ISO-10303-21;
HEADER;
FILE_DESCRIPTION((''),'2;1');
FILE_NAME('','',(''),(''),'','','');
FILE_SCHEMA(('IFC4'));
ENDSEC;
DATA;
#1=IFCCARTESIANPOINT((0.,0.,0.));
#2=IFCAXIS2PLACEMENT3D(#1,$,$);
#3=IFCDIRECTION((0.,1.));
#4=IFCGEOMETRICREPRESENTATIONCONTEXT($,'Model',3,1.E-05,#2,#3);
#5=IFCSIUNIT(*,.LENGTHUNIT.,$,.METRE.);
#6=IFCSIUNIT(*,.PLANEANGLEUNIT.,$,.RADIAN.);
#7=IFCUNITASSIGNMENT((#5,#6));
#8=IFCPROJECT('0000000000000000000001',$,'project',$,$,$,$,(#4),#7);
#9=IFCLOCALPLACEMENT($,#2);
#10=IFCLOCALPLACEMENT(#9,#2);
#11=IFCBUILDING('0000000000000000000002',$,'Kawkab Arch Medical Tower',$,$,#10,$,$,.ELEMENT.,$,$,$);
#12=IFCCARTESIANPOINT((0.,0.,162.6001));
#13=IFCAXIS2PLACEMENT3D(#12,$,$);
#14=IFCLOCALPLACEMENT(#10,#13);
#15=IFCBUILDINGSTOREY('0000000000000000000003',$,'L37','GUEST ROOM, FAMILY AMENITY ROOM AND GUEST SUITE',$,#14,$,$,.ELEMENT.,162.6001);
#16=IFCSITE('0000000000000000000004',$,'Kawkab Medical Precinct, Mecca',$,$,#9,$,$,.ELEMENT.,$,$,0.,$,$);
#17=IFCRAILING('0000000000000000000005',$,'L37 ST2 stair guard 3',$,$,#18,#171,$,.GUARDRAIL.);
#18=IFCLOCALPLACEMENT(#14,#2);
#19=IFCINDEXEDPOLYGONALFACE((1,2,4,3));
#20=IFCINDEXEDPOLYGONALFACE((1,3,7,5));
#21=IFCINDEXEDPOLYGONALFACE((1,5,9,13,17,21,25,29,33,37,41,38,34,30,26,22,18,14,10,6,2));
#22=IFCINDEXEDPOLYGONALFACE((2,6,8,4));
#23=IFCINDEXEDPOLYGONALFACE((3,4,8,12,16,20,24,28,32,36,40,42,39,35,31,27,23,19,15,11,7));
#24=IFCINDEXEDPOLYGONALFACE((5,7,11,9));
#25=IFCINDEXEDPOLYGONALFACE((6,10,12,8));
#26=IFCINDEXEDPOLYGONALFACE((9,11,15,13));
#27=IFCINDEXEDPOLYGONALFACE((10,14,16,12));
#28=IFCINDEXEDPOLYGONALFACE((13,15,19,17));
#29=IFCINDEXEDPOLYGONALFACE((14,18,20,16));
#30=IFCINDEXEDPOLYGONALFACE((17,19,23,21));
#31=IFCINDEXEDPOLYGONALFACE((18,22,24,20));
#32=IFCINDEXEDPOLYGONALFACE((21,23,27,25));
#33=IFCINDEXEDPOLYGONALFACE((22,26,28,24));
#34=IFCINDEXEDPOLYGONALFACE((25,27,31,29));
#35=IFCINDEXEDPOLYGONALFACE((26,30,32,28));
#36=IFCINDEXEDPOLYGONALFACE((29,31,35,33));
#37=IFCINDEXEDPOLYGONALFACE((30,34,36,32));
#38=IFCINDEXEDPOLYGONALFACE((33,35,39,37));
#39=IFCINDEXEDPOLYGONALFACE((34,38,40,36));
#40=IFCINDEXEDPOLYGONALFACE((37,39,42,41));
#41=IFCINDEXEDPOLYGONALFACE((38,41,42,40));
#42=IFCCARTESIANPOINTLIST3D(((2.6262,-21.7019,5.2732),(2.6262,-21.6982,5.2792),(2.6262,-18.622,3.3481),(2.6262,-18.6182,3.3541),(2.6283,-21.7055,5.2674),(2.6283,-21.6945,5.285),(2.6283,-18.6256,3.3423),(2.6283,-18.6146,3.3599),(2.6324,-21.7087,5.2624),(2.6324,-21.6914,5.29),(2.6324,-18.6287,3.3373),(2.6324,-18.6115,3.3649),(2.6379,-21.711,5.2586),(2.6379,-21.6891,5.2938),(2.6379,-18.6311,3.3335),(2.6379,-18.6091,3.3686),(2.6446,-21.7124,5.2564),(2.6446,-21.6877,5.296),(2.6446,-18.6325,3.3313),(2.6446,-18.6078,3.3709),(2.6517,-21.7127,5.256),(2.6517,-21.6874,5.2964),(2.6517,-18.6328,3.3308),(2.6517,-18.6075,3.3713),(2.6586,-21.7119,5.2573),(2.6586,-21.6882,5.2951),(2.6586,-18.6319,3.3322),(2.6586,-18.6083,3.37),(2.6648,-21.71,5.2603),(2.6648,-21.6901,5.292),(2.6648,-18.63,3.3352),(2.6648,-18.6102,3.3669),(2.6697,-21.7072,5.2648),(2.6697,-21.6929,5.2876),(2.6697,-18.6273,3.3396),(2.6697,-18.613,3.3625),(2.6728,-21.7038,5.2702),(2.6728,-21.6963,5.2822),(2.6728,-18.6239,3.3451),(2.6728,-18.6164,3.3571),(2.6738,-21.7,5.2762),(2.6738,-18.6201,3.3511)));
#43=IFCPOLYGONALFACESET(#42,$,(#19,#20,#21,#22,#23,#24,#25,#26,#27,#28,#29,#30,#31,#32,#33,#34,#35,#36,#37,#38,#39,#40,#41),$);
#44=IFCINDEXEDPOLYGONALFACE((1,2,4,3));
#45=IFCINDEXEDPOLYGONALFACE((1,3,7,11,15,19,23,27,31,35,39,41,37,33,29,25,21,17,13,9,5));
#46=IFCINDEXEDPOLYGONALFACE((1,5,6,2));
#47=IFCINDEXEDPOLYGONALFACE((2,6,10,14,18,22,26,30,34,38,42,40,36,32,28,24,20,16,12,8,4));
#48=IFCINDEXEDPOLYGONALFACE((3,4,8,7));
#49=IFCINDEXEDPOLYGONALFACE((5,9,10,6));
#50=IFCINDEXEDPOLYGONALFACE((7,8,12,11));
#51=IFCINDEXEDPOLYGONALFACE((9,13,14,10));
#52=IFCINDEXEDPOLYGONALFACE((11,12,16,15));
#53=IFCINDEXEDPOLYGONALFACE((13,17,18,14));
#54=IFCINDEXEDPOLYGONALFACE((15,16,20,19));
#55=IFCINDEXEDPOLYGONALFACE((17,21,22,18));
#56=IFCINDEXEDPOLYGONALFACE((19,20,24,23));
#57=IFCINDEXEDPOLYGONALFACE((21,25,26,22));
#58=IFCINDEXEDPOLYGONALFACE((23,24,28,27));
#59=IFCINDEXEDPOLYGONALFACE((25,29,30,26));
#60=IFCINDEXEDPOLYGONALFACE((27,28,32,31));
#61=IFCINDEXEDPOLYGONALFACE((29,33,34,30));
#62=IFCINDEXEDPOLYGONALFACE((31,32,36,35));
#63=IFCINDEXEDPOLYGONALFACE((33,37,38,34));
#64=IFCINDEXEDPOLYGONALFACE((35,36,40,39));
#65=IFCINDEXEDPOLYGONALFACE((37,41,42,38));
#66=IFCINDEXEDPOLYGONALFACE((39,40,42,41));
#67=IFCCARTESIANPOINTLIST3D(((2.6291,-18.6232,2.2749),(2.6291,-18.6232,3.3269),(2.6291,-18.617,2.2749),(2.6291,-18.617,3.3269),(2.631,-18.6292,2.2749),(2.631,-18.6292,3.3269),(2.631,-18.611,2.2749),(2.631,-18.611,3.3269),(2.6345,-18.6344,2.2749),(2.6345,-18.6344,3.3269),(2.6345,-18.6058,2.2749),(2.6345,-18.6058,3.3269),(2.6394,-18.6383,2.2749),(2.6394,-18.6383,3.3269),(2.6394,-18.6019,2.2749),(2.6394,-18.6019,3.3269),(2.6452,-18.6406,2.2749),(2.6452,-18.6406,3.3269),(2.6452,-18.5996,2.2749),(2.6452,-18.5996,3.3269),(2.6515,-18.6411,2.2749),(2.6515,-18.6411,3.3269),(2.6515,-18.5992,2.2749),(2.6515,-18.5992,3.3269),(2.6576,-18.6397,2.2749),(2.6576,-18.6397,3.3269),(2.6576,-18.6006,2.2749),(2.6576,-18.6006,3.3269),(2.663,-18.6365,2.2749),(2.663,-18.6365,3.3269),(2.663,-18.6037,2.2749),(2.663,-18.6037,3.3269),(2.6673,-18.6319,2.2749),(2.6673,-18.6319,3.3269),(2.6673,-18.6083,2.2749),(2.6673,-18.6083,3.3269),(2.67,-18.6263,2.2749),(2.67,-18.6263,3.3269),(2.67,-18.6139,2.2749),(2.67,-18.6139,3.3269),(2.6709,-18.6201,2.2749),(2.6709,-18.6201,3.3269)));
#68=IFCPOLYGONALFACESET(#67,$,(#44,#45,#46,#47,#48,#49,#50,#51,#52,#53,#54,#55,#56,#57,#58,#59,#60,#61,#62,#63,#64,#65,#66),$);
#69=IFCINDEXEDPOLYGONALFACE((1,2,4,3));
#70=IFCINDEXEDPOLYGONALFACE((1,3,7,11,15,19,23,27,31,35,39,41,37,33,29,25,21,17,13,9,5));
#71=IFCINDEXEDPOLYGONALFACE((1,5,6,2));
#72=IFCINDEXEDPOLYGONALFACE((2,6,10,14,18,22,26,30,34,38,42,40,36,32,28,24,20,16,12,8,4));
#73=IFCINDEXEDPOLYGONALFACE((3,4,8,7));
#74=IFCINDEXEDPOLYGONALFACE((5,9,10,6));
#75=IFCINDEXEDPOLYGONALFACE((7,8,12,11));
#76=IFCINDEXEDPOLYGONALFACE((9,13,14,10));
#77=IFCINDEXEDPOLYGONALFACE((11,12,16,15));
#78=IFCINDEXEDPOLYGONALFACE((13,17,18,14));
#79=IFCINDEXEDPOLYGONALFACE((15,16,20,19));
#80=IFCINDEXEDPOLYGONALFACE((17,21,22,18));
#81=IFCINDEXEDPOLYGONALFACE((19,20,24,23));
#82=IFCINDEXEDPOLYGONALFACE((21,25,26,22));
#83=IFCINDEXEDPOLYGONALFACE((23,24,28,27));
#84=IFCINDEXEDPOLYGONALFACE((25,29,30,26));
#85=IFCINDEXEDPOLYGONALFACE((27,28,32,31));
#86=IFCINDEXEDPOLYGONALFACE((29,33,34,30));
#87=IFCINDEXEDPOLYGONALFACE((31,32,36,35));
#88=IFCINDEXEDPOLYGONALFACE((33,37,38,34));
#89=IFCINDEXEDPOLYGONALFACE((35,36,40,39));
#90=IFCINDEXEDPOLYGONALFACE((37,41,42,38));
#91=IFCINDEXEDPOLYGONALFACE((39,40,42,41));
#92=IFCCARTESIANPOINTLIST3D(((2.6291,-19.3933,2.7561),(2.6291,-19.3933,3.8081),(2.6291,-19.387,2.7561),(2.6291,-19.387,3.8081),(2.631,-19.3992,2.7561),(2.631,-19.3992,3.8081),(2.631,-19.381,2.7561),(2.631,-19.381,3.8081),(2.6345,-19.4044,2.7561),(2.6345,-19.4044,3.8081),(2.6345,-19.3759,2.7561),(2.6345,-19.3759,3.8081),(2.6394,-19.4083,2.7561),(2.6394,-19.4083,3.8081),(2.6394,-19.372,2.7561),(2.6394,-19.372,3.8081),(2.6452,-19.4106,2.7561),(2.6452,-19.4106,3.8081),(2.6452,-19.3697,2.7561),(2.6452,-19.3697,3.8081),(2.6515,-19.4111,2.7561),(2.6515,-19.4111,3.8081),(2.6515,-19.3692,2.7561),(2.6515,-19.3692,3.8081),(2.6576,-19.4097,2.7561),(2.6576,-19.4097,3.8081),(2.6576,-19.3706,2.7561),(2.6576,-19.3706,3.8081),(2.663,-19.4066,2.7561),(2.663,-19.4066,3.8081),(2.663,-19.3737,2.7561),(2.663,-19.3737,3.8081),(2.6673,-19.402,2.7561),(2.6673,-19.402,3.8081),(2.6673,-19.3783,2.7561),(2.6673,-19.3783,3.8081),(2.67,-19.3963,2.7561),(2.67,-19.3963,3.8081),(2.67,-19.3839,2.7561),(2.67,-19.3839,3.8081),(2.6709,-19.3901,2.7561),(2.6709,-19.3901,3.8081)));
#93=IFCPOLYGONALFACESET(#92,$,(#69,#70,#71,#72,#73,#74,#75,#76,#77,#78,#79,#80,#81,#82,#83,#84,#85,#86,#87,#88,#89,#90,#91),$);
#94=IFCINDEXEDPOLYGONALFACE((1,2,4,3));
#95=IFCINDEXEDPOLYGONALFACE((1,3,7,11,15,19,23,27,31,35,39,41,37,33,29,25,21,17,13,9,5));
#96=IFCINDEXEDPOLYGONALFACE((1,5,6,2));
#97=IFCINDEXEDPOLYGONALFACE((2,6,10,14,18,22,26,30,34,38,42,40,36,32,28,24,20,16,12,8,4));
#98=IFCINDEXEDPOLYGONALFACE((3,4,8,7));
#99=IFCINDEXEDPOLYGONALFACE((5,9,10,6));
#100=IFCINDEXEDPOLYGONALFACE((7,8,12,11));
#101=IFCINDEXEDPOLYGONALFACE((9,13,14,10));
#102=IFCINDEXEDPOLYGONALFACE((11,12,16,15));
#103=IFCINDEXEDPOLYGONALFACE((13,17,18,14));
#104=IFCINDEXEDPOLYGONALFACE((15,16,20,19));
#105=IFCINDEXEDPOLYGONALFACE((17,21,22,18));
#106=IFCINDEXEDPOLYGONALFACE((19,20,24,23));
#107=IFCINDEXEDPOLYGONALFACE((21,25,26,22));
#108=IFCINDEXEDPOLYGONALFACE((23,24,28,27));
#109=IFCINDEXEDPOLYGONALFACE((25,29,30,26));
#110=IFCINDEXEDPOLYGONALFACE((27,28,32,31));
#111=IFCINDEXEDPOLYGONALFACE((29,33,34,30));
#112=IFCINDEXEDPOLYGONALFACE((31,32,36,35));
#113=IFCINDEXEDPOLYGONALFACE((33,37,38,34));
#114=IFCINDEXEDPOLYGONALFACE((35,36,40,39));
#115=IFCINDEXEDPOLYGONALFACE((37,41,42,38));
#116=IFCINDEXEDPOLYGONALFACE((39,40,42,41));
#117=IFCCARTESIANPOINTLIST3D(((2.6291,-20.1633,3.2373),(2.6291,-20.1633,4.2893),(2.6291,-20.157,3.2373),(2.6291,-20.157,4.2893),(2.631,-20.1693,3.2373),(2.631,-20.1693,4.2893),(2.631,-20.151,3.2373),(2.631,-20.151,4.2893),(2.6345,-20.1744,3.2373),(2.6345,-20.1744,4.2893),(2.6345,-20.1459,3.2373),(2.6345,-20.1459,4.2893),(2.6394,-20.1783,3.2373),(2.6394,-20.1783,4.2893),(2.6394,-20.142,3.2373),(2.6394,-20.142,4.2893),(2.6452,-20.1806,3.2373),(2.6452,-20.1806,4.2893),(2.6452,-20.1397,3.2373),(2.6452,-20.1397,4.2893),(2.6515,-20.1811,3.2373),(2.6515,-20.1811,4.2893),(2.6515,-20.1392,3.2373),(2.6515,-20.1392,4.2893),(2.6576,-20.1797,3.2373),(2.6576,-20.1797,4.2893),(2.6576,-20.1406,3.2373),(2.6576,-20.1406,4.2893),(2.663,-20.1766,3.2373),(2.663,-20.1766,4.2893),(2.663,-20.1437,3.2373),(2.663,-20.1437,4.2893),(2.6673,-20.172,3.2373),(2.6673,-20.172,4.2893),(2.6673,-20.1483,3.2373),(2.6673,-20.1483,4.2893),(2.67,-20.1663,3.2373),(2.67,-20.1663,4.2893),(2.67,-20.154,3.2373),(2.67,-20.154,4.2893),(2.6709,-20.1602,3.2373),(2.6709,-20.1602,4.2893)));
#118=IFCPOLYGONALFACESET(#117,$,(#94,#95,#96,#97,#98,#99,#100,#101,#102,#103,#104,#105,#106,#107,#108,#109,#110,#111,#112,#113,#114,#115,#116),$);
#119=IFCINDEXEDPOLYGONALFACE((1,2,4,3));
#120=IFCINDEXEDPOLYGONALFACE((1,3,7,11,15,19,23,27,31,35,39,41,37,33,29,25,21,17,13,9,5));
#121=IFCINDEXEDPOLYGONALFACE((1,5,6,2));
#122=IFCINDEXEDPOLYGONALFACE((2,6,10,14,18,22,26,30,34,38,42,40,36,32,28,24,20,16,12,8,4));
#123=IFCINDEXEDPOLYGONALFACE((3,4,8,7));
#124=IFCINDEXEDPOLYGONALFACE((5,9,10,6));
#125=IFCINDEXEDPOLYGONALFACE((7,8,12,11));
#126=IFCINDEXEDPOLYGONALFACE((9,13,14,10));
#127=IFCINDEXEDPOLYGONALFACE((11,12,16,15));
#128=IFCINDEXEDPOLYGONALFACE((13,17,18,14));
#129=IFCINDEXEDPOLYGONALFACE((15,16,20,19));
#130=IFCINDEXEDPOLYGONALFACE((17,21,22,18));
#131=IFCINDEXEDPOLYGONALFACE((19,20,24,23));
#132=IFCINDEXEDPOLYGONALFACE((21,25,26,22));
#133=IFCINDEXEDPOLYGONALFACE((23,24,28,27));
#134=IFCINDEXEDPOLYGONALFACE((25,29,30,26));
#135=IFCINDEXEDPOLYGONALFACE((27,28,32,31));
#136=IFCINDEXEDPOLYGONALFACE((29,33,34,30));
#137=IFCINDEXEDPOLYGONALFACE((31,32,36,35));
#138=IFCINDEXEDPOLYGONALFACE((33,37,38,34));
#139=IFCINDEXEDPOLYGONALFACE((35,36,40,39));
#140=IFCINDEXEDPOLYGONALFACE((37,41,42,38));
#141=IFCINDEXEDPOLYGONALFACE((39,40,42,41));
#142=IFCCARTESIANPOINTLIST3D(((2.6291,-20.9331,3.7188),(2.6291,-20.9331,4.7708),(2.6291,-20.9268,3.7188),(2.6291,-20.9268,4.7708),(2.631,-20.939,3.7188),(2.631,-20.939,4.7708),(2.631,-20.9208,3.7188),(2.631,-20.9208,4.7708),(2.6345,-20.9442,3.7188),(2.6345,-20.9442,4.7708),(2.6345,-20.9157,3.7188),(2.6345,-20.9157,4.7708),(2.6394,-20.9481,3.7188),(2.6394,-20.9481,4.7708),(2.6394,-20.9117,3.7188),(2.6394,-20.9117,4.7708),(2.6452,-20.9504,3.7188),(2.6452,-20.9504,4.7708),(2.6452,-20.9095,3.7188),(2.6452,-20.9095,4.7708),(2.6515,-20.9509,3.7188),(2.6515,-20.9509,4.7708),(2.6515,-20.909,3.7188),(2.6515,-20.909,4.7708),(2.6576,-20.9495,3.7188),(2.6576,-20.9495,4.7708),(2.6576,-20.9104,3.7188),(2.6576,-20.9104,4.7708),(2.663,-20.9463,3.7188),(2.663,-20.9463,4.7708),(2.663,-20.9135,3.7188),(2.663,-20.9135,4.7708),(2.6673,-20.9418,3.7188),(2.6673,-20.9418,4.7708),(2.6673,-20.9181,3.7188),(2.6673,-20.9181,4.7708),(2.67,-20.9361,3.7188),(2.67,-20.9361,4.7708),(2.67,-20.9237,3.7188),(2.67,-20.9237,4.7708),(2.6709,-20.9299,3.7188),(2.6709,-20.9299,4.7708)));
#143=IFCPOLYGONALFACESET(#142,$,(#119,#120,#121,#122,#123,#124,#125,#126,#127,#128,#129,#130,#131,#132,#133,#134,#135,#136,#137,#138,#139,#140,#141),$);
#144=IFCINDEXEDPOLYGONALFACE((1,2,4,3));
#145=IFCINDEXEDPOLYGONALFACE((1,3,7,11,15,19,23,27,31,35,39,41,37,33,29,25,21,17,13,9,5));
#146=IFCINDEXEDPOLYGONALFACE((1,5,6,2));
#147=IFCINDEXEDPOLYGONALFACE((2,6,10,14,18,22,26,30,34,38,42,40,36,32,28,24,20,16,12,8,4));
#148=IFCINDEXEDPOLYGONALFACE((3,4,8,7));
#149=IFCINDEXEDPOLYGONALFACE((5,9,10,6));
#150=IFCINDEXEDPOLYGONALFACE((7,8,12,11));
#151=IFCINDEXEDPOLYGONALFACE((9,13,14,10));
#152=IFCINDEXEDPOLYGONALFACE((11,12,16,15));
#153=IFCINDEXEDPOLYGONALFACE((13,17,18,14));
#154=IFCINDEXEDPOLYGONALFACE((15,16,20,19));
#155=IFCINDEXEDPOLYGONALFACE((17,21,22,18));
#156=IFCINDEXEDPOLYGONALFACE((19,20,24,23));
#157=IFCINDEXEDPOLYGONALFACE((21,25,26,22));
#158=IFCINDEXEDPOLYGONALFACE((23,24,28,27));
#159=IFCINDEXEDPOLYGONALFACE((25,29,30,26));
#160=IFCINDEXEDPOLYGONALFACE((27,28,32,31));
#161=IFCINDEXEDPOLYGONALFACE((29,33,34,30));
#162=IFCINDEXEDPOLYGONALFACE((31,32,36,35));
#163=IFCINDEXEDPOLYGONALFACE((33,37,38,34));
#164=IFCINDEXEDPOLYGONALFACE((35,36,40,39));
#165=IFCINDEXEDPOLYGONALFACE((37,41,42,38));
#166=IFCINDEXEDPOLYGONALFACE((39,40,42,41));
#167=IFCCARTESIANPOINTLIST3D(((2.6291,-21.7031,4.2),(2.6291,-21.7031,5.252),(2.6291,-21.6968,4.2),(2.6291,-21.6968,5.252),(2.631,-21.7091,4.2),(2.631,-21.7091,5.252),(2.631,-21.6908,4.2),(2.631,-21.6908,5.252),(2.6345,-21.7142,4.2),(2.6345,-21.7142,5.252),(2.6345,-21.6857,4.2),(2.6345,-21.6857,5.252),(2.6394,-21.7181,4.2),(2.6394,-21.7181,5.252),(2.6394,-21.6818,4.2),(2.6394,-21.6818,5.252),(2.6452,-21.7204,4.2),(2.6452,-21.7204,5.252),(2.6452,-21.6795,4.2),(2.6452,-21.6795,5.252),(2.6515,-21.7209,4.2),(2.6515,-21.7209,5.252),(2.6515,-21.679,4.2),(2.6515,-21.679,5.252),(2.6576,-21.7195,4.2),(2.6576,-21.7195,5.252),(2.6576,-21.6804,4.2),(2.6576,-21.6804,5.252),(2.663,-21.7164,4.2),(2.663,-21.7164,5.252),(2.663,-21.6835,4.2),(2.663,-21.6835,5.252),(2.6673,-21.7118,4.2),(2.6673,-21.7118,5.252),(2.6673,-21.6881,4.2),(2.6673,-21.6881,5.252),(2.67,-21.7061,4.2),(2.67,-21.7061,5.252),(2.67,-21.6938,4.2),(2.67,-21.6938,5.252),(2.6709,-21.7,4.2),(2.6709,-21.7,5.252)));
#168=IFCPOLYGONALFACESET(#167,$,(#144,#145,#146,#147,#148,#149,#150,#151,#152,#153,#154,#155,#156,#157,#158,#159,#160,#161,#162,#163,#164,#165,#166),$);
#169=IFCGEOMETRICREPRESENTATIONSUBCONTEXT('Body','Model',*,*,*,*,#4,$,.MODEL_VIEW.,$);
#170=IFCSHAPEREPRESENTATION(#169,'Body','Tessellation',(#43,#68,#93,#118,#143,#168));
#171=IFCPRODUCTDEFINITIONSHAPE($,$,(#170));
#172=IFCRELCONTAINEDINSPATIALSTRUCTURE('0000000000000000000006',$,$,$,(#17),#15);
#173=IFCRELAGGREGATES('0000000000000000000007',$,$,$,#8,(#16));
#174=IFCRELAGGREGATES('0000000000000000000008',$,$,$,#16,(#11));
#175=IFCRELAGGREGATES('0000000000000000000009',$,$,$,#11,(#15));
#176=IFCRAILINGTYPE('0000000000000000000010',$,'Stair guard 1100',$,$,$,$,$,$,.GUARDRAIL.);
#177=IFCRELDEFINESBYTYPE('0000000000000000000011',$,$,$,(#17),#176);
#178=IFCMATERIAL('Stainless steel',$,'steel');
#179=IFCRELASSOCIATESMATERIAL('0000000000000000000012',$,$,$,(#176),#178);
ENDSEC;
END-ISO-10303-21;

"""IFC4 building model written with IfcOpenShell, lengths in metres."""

from ifc_helpers import new_model, si_unit, direction, frame, origin, origin_2d, place, context, subcontext, project, spatial, circle, extrude, material, type_object, element, save


model = new_model("IFC4")

# Units and contexts
model_context = context("Model", 3, precision=1e-05, world=origin(), true_north=direction((0.0, 1.0)))
body_context = subcontext(model_context, "Body", "Model", "MODEL_VIEW")
ifc_project = project(units=[si_unit("LENGTHUNIT", "METRE"), si_unit("PLANEANGLEUNIT", "RADIAN")], contexts=[model_context])

# Site, building, storey
site_placement = place(None, origin())
site = spatial("IfcSite", under=ifc_project, at=site_placement, Name="Kawkab Medical Precinct, Mecca", CompositionType="ELEMENT", RefElevation=0.0)
building_placement = place(site_placement, origin())
building = spatial("IfcBuilding", under=site, at=building_placement, Name="Kawkab Arch Medical Tower", CompositionType="ELEMENT")
storey_placement = place(building_placement, frame((0.0, 0.0, 162.6001)))
storey = spatial("IfcBuildingStorey", under=building, at=storey_placement, Name="L37", Description="GUEST ROOM, FAMILY AMENITY ROOM AND GUEST SUITE", CompositionType="ELEMENT", Elevation=162.6001)

# Railing
ifc_material_1 = material(Name="Stainless steel", Category="steel")
railing_type_1 = type_object("IfcRailingType", Name="Stair guard 1100", PredefinedType="GUARDRAIL", material=ifc_material_1)
railing_1_placement = place(storey_placement, frame((2.6499, -18.6201, 2.2749)))
element("IfcRailing", 1, at=railing_1_placement, inside=storey, type_object=railing_type_1, Name="L37 ST2 stair guard 3", PredefinedType="GUARDRAIL", context=body_context, shape_type="SweptSolid", body=[
    extrude(circle(Radius=0.0239, at=origin_2d()), frame((0.0, 0.0, 1.0762), z_axis=(0.0, -0.847979, 0.530029), x_axis=(1.0, 0.0, 0.0)), (0.0, 0.0, 1.0), 3.6321),
    extrude(circle(Radius=0.021, at=origin_2d()), origin(), (0.0, 0.0, 1.0), 1.052),
    extrude(circle(Radius=0.021, at=origin_2d()), frame((0.0, -0.77, 0.4812)), (0.0, 0.0, 1.0), 1.052),
    extrude(circle(Radius=0.021, at=origin_2d()), frame((0.0, -1.54, 0.9624)), (0.0, 0.0, 1.0), 1.052),
    extrude(circle(Radius=0.021, at=origin_2d()), frame((0.0, -2.3098, 1.4438)), (0.0, 0.0, 1.0), 1.052),
    extrude(circle(Radius=0.021, at=origin_2d()), frame((0.0, -3.0798, 1.925)), (0.0, 0.0, 1.0), 1.052),
])

save(model, "model.ifc")
